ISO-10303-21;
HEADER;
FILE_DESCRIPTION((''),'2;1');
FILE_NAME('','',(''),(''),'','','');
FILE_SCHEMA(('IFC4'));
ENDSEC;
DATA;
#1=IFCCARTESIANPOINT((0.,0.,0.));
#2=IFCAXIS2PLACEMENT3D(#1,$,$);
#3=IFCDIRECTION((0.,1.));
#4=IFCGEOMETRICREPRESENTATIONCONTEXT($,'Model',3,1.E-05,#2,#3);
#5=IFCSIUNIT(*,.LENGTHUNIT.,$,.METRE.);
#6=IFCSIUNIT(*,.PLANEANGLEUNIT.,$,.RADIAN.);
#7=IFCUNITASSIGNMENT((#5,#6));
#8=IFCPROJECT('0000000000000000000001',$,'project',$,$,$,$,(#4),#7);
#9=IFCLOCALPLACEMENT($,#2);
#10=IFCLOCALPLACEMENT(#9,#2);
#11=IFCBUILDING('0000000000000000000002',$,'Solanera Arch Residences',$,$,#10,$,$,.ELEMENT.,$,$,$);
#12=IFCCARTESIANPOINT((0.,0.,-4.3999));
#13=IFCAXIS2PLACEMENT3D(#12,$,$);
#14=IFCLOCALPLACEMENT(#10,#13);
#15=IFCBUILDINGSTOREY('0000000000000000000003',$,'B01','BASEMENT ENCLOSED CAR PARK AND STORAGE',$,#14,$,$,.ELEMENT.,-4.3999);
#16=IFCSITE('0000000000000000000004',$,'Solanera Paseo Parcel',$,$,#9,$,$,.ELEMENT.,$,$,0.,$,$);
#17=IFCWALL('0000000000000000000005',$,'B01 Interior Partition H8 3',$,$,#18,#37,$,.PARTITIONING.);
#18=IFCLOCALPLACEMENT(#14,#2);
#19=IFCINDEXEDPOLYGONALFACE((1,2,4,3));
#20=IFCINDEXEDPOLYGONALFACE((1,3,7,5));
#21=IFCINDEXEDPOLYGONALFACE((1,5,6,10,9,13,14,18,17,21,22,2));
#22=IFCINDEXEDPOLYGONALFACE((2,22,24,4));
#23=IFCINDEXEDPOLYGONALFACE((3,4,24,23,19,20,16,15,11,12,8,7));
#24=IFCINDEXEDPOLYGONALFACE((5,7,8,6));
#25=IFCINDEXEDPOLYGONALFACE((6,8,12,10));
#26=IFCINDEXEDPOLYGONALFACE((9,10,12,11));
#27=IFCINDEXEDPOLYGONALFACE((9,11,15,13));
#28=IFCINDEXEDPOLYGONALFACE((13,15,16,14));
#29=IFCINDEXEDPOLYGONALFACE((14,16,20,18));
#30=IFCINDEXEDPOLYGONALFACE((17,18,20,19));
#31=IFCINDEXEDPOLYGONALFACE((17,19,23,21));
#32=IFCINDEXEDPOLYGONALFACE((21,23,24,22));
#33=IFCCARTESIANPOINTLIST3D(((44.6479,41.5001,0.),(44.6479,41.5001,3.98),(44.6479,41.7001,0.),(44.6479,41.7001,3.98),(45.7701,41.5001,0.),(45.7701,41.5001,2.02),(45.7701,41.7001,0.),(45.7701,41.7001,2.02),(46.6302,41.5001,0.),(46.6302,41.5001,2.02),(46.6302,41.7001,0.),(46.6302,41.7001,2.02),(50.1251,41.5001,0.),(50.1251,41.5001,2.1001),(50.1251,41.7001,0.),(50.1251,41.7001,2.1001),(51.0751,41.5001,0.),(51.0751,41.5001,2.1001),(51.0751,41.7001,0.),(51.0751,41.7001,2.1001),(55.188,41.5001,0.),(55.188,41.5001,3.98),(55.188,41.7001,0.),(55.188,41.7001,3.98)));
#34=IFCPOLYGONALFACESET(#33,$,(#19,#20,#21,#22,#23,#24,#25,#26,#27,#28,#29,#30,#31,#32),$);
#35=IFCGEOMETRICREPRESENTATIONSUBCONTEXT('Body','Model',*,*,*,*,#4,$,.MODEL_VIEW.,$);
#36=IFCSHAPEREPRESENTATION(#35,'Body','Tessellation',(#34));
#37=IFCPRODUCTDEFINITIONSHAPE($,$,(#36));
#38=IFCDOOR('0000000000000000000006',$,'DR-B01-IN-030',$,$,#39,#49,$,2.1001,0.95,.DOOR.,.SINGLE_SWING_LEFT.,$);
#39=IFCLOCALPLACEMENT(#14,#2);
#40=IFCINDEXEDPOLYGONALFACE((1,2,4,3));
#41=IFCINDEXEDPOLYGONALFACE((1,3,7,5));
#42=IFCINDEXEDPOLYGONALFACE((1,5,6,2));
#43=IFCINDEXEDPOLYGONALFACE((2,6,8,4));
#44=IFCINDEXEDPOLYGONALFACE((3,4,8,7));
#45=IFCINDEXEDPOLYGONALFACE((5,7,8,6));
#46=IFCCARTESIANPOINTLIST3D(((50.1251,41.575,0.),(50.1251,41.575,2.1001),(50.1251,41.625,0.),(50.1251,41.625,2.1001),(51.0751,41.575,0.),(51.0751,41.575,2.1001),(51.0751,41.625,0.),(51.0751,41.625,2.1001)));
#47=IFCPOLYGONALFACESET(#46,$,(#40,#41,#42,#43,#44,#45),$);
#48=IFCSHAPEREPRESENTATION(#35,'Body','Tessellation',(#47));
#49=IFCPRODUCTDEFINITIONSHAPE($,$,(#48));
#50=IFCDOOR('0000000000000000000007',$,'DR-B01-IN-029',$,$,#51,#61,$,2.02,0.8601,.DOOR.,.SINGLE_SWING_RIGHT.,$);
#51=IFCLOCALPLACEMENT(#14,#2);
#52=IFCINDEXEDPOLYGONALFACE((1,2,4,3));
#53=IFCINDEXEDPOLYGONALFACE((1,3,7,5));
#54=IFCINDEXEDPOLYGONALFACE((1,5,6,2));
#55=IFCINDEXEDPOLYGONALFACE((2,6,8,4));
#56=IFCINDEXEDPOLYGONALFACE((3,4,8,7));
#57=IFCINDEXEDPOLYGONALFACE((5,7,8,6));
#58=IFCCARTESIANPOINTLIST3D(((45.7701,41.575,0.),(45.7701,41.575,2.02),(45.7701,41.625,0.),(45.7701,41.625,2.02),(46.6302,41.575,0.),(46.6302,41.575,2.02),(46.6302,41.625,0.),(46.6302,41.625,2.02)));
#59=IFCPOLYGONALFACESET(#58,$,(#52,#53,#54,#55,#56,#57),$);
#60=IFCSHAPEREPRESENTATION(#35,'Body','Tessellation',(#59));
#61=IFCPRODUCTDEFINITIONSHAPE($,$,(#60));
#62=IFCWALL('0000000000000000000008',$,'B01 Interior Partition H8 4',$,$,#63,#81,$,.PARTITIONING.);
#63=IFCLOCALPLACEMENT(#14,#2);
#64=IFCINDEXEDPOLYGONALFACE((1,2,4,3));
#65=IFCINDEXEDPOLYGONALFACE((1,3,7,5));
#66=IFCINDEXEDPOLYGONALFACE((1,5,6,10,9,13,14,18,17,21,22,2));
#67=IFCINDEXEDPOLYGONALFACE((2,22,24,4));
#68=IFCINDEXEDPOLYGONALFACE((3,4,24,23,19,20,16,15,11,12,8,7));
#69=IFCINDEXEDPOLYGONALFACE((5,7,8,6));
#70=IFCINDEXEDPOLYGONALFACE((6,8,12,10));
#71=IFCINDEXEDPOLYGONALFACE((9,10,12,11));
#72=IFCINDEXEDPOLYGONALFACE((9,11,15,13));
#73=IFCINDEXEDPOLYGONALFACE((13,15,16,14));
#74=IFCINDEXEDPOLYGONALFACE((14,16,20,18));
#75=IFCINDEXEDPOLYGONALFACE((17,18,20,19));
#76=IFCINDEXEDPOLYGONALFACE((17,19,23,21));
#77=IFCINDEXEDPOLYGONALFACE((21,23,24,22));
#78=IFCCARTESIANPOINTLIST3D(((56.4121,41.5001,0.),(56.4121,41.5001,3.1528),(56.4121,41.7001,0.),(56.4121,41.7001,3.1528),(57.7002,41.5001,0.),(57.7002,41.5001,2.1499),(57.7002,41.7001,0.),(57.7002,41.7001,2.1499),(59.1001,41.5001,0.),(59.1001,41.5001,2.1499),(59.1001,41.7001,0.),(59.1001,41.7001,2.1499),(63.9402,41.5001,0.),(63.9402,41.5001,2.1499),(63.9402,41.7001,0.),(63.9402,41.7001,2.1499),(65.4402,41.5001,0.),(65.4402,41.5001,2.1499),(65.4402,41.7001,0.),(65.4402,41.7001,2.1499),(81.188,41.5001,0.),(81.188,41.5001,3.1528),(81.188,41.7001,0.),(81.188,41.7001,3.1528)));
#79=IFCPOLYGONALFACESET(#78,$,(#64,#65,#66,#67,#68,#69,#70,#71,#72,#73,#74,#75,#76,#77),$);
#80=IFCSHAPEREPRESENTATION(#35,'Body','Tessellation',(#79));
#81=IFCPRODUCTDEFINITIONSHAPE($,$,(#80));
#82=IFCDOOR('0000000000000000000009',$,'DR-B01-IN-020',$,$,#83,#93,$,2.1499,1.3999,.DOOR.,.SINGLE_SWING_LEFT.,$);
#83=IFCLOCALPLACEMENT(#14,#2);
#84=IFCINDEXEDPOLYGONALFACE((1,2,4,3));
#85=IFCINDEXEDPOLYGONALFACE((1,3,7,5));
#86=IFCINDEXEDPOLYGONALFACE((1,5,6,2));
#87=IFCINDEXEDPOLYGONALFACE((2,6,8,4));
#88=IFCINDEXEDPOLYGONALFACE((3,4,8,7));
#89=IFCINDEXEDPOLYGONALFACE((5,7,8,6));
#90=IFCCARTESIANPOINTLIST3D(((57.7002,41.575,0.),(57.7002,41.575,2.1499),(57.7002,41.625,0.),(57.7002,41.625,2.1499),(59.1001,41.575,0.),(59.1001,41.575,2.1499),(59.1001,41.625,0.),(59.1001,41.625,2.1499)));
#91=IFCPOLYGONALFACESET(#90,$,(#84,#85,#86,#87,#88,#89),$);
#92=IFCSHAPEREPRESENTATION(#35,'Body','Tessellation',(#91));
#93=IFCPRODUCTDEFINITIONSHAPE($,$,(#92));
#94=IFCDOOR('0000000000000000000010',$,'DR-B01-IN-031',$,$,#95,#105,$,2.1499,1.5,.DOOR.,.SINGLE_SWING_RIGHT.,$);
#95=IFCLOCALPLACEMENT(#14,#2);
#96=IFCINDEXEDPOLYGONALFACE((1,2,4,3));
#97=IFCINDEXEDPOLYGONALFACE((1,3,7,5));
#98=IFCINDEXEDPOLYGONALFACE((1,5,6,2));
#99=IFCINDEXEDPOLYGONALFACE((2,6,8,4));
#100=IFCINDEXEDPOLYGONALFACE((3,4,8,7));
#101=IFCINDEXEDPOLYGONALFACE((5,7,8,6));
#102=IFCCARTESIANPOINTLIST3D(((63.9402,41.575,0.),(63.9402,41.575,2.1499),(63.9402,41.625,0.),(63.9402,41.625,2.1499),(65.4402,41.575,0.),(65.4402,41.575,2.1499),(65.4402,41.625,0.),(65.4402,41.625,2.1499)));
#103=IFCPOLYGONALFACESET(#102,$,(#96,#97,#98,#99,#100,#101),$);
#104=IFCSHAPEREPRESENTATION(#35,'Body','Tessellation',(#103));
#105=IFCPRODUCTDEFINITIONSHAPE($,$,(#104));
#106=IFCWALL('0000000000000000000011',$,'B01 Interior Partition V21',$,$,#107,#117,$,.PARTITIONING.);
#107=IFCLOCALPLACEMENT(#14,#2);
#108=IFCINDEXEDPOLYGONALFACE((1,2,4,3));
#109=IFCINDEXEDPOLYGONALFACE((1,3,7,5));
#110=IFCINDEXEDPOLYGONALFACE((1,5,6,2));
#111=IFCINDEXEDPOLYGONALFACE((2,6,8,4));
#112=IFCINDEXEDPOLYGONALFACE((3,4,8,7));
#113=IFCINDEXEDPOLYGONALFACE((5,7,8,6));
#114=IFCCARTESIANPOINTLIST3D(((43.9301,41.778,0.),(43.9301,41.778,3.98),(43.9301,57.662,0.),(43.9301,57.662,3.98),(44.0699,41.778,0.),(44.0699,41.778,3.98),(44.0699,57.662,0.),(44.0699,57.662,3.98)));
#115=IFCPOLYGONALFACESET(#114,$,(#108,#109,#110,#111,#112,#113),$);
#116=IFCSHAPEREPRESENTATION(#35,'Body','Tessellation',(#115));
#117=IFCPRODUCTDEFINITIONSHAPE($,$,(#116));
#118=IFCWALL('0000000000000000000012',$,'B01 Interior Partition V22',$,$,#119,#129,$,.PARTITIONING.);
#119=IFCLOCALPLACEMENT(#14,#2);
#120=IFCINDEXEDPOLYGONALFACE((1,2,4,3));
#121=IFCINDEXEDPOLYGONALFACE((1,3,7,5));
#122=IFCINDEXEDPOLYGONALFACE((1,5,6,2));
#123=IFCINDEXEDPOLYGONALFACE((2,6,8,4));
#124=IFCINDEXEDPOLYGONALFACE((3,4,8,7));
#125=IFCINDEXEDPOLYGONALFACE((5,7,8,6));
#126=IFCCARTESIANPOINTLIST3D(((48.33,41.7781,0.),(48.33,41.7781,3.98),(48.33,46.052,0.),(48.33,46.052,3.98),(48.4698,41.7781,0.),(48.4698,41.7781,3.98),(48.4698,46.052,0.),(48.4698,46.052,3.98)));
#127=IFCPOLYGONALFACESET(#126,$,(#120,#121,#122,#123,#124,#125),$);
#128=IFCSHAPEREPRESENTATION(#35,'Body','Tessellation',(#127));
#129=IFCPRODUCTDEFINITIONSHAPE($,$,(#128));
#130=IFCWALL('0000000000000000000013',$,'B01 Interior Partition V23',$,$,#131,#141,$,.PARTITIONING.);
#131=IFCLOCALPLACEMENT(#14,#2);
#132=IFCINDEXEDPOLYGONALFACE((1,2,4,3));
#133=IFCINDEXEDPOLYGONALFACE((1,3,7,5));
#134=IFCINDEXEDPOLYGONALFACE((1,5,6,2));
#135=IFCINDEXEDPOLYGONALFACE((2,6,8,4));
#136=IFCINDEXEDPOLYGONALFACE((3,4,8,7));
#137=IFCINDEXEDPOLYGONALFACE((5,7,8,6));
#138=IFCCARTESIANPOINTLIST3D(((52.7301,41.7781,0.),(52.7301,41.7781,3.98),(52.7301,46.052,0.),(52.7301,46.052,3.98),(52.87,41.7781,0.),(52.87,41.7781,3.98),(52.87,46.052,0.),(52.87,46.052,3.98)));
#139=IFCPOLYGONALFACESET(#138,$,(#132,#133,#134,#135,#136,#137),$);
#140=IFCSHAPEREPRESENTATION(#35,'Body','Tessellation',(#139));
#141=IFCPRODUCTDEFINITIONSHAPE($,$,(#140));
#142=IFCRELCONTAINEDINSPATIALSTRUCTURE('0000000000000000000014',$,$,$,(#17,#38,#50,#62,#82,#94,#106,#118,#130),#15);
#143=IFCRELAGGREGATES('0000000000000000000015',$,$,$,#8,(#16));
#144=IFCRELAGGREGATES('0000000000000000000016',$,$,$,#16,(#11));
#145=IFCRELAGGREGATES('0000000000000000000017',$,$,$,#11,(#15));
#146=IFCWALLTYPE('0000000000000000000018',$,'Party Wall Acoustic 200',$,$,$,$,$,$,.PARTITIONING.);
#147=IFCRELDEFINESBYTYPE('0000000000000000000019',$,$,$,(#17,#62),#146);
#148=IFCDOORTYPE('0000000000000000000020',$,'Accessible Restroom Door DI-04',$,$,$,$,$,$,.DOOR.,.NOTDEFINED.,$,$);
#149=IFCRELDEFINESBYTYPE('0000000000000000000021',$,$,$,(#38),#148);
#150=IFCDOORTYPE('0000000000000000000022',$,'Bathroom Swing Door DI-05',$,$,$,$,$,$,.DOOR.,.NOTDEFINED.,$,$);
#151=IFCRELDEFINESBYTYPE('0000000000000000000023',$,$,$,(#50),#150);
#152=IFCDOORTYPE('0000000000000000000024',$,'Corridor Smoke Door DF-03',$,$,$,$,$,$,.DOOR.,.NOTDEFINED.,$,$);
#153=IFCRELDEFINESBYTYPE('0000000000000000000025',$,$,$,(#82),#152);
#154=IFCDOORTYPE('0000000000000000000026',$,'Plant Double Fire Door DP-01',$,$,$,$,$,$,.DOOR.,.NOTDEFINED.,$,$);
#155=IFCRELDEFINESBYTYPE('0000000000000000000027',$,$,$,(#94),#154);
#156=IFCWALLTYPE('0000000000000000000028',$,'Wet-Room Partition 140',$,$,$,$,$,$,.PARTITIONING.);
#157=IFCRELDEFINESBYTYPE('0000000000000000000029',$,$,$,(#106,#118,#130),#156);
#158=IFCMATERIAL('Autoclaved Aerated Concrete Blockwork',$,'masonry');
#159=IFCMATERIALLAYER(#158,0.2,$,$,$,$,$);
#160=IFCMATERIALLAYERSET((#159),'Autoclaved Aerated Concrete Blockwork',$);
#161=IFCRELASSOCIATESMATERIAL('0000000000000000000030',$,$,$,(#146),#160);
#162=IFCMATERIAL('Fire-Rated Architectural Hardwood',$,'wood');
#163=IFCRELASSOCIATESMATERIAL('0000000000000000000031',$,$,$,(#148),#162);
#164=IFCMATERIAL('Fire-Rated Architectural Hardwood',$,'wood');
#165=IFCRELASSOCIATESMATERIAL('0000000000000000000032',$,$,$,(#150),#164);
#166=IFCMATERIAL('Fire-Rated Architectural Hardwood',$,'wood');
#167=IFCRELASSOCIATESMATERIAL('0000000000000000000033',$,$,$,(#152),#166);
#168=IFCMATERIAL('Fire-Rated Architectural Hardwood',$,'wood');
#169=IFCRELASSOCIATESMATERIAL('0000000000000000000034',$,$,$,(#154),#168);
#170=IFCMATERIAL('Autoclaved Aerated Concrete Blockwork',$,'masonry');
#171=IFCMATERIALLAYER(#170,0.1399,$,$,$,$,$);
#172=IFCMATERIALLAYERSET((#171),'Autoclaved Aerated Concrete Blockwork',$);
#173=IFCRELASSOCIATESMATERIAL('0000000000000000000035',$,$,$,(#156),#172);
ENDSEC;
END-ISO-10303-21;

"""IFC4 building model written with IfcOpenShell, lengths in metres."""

from ifc_helpers import new_model, si_unit, direction, frame, frame_2d, origin, place, context, subcontext, project, spatial, rectangle, extrude, material, layer, layer_set, type_object, element, fill, save


model = new_model("IFC4")

# Units and contexts
model_context = context("Model", 3, precision=1e-05, world=origin(), true_north=direction((0.0, 1.0)))
body_context = subcontext(model_context, "Body", "Model", "MODEL_VIEW")
ifc_project = project(units=[si_unit("LENGTHUNIT", "METRE"), si_unit("PLANEANGLEUNIT", "RADIAN")], contexts=[model_context])

# Site, building, storey
site_placement = place(None, origin())
site = spatial("IfcSite", under=ifc_project, at=site_placement, Name="Solanera Paseo Parcel", CompositionType="ELEMENT", RefElevation=0.0)
building_placement = place(site_placement, origin())
building = spatial("IfcBuilding", under=site, at=building_placement, Name="Solanera Arch Residences", CompositionType="ELEMENT")
storey_placement = place(building_placement, frame((0.0, 0.0, -4.3999)))
storey = spatial("IfcBuildingStorey", under=building, at=storey_placement, Name="B01", Description="BASEMENT ENCLOSED CAR PARK AND STORAGE", CompositionType="ELEMENT", Elevation=-4.3999)

# Shared definitions
ifc_material_1 = material(Name="Autoclaved Aerated Concrete Blockwork", Category="masonry")
ifc_layer_1 = layer(ifc_material_1, 0.2)
ifc_layer_set_1 = layer_set([ifc_layer_1], Name="Autoclaved Aerated Concrete Blockwork")
wall_type_1 = type_object("IfcWallType", Name="Party Wall Acoustic 200", PredefinedType="PARTITIONING", material=ifc_layer_set_1)

# Walls, openings, doors
wall_1_placement = place(storey_placement, frame((44.6479, 41.6001, 0.0), z_axis=(0.0, 0.0, 1.0), x_axis=(1.0, 0.0, 0.0)))
wall_1 = element("IfcWall", 1, at=wall_1_placement, inside=storey, type_object=wall_type_1, Name="B01 Interior Partition H8 3", PredefinedType="PARTITIONING", context=body_context, shape_type="SweptSolid", body=[
    extrude(rectangle(XDim=10.54, YDim=0.2, at=frame_2d((5.27, 0.0))), origin(), (0.0, 0.0, 1.0), 3.98),
])
opening_1_placement = place(wall_1_placement, frame((1.1221, 0.0, 0.0)))
opening_1 = element("IfcOpeningElement", 2, at=opening_1_placement, cuts=wall_1, PredefinedType="OPENING", context=body_context, shape_type="SweptSolid", body=[
    extrude(rectangle(XDim=0.8601, YDim=2.02, at=frame_2d((0.4302, 1.01))), frame((0.0, 0.1101, 0.0), z_axis=(0.0, -1.0, 0.0), x_axis=(1.0, 0.0, 0.0)), (0.0, 0.0, 1.0), 0.22),
])
opening_2_placement = place(wall_1_placement, frame((5.4771, 0.0, 0.0)))
opening_2 = element("IfcOpeningElement", 3, at=opening_2_placement, cuts=wall_1, PredefinedType="OPENING", context=body_context, shape_type="SweptSolid", body=[
    extrude(rectangle(XDim=0.95, YDim=2.1001, at=frame_2d((0.4751, 1.05))), frame((0.0, 0.1101, 0.0), z_axis=(0.0, -1.0, 0.0), x_axis=(1.0, 0.0, 0.0)), (0.0, 0.0, 1.0), 0.22),
])
ifc_material_2 = material(Name="Fire-Rated Architectural Hardwood", Category="wood")
door_type_1 = type_object("IfcDoorType", Name="Accessible Restroom Door DI-04", OperationType="NOTDEFINED", PredefinedType="DOOR", material=ifc_material_2)
door_1_placement = place(opening_2_placement, origin())
door_1 = element("IfcDoor", 4, at=door_1_placement, inside=storey, type_object=door_type_1, Name="DR-B01-IN-030", OperationType="SINGLE_SWING_LEFT", OverallHeight=2.1001, OverallWidth=0.95, PredefinedType="DOOR", context=body_context, shape_type="SweptSolid", body=[
    extrude(rectangle(XDim=0.95, YDim=2.1001, at=frame_2d((0.4751, 1.05))), frame((0.0, 0.0249, 0.0), z_axis=(0.0, -1.0, 0.0), x_axis=(1.0, 0.0, 0.0)), (0.0, 0.0, 1.0), 0.05),
])
fill(opening_2, door_1)
ifc_material_3 = material(Name="Fire-Rated Architectural Hardwood", Category="wood")
door_type_2 = type_object("IfcDoorType", Name="Bathroom Swing Door DI-05", OperationType="NOTDEFINED", PredefinedType="DOOR", material=ifc_material_3)
door_2_placement = place(opening_1_placement, origin())
door_2 = element("IfcDoor", 5, at=door_2_placement, inside=storey, type_object=door_type_2, Name="DR-B01-IN-029", OperationType="SINGLE_SWING_RIGHT", OverallHeight=2.02, OverallWidth=0.8601, PredefinedType="DOOR", context=body_context, shape_type="SweptSolid", body=[
    extrude(rectangle(XDim=0.8601, YDim=2.02, at=frame_2d((0.4302, 1.01))), frame((0.0, 0.0249, 0.0), z_axis=(0.0, -1.0, 0.0), x_axis=(1.0, 0.0, 0.0)), (0.0, 0.0, 1.0), 0.05),
])
fill(opening_1, door_2)
wall_2_placement = place(storey_placement, frame((56.4121, 41.6001, 0.0), z_axis=(0.0, 0.0, 1.0), x_axis=(1.0, 0.0, 0.0)))
wall_2 = element("IfcWall", 6, at=wall_2_placement, inside=storey, type_object=wall_type_1, Name="B01 Interior Partition H8 4", PredefinedType="PARTITIONING", context=body_context, shape_type="SweptSolid", body=[
    extrude(rectangle(XDim=24.7759, YDim=0.2, at=frame_2d((12.3879, 0.0))), origin(), (0.0, 0.0, 1.0), 3.1528),
])
opening_3_placement = place(wall_2_placement, frame((1.2881, 0.0, 0.0)))
opening_3 = element("IfcOpeningElement", 7, at=opening_3_placement, cuts=wall_2, PredefinedType="OPENING", context=body_context, shape_type="SweptSolid", body=[
    extrude(rectangle(XDim=1.3999, YDim=2.1499, at=frame_2d((0.7, 1.075))), frame((0.0, 0.1101, 0.0), z_axis=(0.0, -1.0, 0.0), x_axis=(1.0, 0.0, 0.0)), (0.0, 0.0, 1.0), 0.22),
])
opening_4_placement = place(wall_2_placement, frame((7.5281, 0.0, 0.0)))
opening_4 = element("IfcOpeningElement", 8, at=opening_4_placement, cuts=wall_2, PredefinedType="OPENING", context=body_context, shape_type="SweptSolid", body=[
    extrude(rectangle(XDim=1.5, YDim=2.1499, at=frame_2d((0.75, 1.075))), frame((0.0, 0.1101, 0.0), z_axis=(0.0, -1.0, 0.0), x_axis=(1.0, 0.0, 0.0)), (0.0, 0.0, 1.0), 0.22),
])
ifc_material_4 = material(Name="Fire-Rated Architectural Hardwood", Category="wood")
door_type_3 = type_object("IfcDoorType", Name="Corridor Smoke Door DF-03", OperationType="NOTDEFINED", PredefinedType="DOOR", material=ifc_material_4)
door_3_placement = place(opening_3_placement, origin())
door_3 = element("IfcDoor", 9, at=door_3_placement, inside=storey, type_object=door_type_3, Name="DR-B01-IN-020", OperationType="SINGLE_SWING_LEFT", OverallHeight=2.1499, OverallWidth=1.3999, PredefinedType="DOOR", context=body_context, shape_type="SweptSolid", body=[
    extrude(rectangle(XDim=1.3999, YDim=2.1499, at=frame_2d((0.7, 1.075))), frame((0.0, 0.0249, 0.0), z_axis=(0.0, -1.0, 0.0), x_axis=(1.0, 0.0, 0.0)), (0.0, 0.0, 1.0), 0.05),
])
fill(opening_3, door_3)
ifc_material_5 = material(Name="Fire-Rated Architectural Hardwood", Category="wood")
door_type_4 = type_object("IfcDoorType", Name="Plant Double Fire Door DP-01", OperationType="NOTDEFINED", PredefinedType="DOOR", material=ifc_material_5)
door_4_placement = place(opening_4_placement, origin())
door_4 = element("IfcDoor", 10, at=door_4_placement, inside=storey, type_object=door_type_4, Name="DR-B01-IN-031", OperationType="SINGLE_SWING_RIGHT", OverallHeight=2.1499, OverallWidth=1.5, PredefinedType="DOOR", context=body_context, shape_type="SweptSolid", body=[
    extrude(rectangle(XDim=1.5, YDim=2.1499, at=frame_2d((0.75, 1.075))), frame((0.0, 0.0249, 0.0), z_axis=(0.0, -1.0, 0.0), x_axis=(1.0, 0.0, 0.0)), (0.0, 0.0, 1.0), 0.05),
])
fill(opening_4, door_4)

# Walls
ifc_material_6 = material(Name="Autoclaved Aerated Concrete Blockwork", Category="masonry")
ifc_layer_2 = layer(ifc_material_6, 0.1399)
ifc_layer_set_2 = layer_set([ifc_layer_2], Name="Autoclaved Aerated Concrete Blockwork")
wall_type_2 = type_object("IfcWallType", Name="Wet-Room Partition 140", PredefinedType="PARTITIONING", material=ifc_layer_set_2)
wall_3_placement = place(storey_placement, frame((44.0, 41.7781, 0.0), z_axis=(0.0, 0.0, 1.0), x_axis=(0.0, 1.0, 0.0)))
element("IfcWall", 11, at=wall_3_placement, inside=storey, type_object=wall_type_2, Name="B01 Interior Partition V21", PredefinedType="PARTITIONING", context=body_context, shape_type="SweptSolid", body=[
    extrude(rectangle(XDim=15.884, YDim=0.1399, at=frame_2d((7.9419, 0.0))), origin(), (0.0, 0.0, 1.0), 3.98),
])
for number, where, z_axis, x_axis, name in (
    (12, (48.3999, 41.7781, 0.0), (0.0, 0.0, 1.0), (0.0, 1.0, 0.0), "B01 Interior Partition V22"),
    (13, (52.8, 41.7781, 0.0), (0.0, 0.0, 1.0), (0.0, 1.0, 0.0), "B01 Interior Partition V23"),
):
    element("IfcWall", number, at=place(storey_placement, frame(where, z_axis=z_axis, x_axis=x_axis)), inside=storey, type_object=wall_type_2, Name=name, PredefinedType="PARTITIONING", context=body_context, shape_type="SweptSolid", body=[
        extrude(rectangle(XDim=4.2739, YDim=0.1399, at=frame_2d((2.137, 0.0))), origin(), (0.0, 0.0, 1.0), 3.98),
    ])

save(model, "model.ifc")
